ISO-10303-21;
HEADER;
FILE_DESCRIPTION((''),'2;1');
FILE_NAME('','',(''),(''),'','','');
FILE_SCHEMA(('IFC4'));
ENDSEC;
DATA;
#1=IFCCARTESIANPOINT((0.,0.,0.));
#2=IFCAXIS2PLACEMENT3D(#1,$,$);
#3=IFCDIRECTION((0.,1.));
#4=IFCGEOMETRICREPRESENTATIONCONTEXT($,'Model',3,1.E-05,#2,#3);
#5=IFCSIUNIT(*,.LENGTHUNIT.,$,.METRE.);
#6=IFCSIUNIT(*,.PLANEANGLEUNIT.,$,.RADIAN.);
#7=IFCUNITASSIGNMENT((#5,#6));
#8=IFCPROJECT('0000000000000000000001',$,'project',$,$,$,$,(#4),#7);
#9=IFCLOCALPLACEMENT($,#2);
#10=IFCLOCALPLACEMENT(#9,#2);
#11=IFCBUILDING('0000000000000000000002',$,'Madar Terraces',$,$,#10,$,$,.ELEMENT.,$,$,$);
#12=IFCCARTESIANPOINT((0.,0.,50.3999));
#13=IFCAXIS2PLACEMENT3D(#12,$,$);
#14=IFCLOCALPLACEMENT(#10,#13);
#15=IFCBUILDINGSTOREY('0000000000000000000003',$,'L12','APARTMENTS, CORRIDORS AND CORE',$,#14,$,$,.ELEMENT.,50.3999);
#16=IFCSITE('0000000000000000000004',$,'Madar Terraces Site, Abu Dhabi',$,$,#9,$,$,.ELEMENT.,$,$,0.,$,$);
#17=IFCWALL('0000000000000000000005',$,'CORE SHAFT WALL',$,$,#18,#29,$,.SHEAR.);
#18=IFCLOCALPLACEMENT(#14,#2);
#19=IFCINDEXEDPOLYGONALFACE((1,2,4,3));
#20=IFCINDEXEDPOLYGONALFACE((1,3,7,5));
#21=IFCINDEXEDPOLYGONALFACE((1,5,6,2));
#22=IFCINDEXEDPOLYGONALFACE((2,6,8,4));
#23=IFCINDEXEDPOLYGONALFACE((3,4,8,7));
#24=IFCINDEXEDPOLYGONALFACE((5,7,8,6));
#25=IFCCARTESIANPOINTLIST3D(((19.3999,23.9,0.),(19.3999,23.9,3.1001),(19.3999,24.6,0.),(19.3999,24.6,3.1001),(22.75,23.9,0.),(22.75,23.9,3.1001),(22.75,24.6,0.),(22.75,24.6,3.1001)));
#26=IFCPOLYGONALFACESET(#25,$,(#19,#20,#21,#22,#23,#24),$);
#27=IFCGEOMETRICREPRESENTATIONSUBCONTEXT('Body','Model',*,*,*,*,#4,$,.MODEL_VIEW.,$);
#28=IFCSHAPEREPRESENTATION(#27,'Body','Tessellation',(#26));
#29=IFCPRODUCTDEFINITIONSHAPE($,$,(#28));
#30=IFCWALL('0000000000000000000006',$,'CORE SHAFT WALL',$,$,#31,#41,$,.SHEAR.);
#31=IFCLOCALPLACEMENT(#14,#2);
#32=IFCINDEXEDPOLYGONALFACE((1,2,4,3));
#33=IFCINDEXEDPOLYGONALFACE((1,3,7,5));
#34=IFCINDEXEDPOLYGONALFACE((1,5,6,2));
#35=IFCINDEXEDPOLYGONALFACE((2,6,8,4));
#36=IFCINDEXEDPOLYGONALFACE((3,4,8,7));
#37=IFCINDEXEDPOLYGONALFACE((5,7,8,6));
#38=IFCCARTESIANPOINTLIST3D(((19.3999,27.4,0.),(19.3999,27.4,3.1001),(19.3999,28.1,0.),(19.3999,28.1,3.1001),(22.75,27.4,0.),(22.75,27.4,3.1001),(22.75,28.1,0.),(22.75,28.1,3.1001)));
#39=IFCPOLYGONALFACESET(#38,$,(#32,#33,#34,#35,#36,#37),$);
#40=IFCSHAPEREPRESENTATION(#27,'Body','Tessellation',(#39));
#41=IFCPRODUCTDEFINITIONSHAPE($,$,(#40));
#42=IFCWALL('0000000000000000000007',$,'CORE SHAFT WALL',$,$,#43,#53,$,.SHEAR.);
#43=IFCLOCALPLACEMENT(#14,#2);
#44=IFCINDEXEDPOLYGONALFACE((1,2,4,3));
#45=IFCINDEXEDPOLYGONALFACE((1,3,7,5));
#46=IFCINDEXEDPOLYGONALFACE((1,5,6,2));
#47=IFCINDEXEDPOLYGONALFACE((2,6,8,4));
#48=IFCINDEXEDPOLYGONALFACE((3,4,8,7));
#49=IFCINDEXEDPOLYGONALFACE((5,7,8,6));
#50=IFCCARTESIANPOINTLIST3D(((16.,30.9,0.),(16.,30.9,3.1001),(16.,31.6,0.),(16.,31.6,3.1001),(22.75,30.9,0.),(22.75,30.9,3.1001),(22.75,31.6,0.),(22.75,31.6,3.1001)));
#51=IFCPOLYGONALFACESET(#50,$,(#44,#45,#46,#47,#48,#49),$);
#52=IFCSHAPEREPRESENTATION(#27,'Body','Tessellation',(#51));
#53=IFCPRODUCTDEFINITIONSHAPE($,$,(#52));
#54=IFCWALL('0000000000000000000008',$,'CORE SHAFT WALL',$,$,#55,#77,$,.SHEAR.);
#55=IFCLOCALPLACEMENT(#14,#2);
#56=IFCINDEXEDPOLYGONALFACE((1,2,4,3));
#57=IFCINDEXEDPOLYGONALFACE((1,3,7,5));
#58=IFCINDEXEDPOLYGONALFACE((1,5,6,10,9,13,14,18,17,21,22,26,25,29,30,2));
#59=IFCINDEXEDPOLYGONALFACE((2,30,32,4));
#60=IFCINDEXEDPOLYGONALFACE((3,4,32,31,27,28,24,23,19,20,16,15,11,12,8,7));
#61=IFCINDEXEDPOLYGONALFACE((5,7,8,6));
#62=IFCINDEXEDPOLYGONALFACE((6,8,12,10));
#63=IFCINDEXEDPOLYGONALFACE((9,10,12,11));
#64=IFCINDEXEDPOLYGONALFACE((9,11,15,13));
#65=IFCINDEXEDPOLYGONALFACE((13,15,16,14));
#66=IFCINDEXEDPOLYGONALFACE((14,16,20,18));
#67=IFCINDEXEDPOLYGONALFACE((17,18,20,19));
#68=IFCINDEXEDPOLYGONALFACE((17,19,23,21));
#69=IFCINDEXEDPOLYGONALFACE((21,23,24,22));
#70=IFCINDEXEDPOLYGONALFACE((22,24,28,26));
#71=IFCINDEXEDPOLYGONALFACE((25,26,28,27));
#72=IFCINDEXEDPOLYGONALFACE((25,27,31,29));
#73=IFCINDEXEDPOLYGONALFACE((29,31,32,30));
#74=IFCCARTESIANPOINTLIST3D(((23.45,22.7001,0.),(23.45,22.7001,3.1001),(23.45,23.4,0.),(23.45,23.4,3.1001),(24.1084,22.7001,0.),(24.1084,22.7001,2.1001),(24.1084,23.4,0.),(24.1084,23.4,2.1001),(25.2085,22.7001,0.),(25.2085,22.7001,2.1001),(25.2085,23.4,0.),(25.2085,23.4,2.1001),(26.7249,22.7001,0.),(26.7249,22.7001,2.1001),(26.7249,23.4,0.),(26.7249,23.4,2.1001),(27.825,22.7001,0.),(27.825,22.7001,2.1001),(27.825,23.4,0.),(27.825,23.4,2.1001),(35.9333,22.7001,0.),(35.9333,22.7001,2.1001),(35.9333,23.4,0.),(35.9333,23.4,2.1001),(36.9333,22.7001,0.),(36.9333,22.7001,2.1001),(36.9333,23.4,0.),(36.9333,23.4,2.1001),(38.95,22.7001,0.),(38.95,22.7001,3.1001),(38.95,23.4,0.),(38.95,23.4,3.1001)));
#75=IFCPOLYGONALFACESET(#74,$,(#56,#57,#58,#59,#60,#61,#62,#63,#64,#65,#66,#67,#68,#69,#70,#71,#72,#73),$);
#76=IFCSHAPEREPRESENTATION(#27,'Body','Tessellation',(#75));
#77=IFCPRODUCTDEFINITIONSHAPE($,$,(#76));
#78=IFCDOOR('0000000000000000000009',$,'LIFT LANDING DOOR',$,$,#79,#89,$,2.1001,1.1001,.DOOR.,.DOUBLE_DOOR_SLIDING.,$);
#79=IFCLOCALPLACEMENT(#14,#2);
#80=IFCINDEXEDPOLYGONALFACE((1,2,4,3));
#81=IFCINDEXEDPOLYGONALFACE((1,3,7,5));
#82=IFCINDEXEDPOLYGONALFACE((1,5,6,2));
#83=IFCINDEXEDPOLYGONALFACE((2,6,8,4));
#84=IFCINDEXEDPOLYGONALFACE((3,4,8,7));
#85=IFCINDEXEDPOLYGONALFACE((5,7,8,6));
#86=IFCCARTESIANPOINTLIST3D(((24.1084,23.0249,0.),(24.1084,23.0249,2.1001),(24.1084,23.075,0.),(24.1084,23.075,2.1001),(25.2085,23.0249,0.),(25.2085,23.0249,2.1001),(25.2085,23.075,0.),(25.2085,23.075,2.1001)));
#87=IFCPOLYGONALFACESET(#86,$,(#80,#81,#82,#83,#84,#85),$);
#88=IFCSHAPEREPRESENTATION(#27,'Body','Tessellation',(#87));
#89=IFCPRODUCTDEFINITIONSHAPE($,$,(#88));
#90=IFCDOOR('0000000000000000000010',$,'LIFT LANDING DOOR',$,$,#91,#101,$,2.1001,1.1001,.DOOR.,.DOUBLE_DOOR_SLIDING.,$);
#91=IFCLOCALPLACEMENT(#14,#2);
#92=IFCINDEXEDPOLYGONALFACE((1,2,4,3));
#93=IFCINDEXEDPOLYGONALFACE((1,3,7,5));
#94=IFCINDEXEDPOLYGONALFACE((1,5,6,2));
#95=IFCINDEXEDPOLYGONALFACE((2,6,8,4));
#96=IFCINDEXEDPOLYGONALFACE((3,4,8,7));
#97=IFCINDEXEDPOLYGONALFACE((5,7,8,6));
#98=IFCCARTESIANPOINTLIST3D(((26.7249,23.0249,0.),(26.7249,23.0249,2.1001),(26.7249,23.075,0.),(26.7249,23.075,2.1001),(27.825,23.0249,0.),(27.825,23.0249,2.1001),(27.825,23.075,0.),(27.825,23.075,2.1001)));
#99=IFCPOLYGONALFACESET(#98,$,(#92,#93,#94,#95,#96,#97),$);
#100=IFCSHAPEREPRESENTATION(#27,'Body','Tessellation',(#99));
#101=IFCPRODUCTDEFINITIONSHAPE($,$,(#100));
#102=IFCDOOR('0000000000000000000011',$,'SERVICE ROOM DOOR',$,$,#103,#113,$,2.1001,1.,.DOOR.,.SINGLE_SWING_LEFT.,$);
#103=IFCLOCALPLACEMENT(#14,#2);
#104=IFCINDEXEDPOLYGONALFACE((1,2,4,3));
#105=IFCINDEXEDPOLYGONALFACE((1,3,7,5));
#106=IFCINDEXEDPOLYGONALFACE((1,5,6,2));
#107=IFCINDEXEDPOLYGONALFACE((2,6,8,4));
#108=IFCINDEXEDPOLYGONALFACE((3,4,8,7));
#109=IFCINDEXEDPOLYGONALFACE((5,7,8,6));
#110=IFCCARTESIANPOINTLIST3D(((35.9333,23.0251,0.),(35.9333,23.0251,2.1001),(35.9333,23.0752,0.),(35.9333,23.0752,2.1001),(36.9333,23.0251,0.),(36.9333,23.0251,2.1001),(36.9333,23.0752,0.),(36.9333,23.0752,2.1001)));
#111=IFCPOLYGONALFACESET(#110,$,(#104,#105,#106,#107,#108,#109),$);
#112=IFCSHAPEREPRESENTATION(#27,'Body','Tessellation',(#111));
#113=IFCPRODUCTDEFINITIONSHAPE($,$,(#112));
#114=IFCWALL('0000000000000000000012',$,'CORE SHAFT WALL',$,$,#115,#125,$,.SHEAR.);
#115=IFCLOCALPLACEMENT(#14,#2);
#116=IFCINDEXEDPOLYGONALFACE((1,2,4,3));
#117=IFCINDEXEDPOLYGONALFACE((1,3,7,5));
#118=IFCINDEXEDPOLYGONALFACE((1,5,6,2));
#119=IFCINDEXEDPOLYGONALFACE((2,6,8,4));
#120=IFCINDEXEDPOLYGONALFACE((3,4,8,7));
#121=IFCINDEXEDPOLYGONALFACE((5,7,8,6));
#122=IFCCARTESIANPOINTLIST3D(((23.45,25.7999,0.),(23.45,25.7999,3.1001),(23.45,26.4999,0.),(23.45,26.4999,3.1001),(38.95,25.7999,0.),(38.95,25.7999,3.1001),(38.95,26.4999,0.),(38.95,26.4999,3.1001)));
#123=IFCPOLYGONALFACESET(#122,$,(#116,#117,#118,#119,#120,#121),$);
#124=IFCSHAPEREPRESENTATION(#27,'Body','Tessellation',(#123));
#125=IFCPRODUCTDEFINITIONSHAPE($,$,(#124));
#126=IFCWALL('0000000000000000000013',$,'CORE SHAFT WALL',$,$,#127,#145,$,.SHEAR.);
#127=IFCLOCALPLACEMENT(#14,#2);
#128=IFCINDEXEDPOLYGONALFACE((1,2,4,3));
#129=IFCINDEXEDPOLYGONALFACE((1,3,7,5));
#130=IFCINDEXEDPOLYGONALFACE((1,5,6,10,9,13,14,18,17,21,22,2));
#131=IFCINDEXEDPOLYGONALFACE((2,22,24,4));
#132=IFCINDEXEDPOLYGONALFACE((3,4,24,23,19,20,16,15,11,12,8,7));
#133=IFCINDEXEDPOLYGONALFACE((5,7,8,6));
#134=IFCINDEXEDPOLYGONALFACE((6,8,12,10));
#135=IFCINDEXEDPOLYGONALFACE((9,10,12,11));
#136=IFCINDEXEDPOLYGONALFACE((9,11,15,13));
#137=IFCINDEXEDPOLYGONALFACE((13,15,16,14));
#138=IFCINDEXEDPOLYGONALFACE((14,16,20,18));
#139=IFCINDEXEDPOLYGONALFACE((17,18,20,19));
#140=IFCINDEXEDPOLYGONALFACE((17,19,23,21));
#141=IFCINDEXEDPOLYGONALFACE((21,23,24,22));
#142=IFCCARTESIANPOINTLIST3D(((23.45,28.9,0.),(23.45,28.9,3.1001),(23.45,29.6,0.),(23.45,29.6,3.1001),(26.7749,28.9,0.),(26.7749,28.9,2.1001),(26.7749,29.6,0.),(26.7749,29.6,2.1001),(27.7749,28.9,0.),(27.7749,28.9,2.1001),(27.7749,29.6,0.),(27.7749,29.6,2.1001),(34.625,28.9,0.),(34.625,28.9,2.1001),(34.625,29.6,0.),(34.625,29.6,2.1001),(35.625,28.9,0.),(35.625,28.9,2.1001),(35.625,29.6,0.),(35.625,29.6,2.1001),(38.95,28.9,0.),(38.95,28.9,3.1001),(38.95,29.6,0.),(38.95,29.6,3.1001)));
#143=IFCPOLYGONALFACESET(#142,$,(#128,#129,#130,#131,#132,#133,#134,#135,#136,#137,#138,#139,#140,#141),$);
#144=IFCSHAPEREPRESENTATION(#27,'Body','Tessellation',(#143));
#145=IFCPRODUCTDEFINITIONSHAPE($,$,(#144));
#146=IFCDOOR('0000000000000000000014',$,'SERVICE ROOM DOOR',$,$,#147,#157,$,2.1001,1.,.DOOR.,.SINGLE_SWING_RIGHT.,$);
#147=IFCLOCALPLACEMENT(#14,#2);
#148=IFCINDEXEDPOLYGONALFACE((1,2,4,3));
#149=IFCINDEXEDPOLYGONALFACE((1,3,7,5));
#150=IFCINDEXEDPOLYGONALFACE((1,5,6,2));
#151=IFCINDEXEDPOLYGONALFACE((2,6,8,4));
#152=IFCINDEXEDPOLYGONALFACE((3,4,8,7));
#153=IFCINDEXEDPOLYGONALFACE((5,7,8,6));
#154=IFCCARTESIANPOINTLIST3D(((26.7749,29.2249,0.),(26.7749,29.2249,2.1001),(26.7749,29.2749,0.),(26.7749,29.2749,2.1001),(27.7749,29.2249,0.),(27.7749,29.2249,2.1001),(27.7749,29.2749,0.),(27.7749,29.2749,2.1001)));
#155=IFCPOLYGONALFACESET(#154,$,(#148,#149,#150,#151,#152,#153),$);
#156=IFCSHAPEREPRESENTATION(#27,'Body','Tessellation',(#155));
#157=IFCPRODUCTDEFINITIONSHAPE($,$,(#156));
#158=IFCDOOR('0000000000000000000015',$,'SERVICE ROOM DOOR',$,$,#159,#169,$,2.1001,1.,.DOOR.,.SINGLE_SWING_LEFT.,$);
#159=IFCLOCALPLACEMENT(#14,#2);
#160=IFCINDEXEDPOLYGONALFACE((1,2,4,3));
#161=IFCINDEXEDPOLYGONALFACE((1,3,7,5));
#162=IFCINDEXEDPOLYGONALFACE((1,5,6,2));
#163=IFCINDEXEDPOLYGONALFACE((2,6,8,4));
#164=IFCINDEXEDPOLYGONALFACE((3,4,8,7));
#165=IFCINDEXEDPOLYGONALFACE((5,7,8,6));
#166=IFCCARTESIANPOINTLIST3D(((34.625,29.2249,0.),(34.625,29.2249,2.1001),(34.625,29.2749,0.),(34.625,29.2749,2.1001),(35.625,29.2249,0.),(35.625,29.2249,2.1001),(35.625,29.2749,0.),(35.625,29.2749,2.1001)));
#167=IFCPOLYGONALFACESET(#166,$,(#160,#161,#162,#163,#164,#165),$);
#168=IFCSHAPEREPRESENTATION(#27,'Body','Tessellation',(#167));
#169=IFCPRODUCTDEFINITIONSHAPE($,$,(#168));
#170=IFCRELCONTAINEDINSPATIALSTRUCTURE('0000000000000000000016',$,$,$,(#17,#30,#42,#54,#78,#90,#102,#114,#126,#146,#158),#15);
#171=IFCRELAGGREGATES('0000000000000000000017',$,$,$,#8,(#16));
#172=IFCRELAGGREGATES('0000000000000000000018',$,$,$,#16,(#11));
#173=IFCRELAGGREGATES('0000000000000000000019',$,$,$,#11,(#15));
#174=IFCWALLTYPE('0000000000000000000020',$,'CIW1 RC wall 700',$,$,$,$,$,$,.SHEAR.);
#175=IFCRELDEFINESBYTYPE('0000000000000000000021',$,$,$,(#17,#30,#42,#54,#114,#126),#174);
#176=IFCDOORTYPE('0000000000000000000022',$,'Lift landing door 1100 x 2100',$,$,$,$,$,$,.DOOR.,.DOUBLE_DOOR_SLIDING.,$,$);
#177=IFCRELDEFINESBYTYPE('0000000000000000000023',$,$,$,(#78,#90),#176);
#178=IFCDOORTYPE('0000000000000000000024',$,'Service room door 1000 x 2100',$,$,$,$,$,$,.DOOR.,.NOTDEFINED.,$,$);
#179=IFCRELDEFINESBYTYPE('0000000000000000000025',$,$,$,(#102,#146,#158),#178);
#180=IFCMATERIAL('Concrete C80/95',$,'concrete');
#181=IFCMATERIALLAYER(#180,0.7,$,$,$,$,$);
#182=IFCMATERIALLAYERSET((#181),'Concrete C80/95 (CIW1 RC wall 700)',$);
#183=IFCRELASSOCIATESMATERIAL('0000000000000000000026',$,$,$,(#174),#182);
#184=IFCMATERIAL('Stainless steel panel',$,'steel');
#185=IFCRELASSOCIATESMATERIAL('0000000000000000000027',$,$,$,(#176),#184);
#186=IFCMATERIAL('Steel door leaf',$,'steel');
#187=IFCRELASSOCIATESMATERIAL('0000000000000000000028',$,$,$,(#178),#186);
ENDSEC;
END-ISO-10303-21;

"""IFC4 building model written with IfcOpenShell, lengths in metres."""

from ifc_helpers import new_model, si_unit, direction, frame, frame_2d, origin, place, context, subcontext, project, spatial, rectangle, extrude, material, layer, layer_set, type_object, element, fill, save


model = new_model("IFC4")

# Units and contexts
model_context = context("Model", 3, precision=1e-05, world=origin(), true_north=direction((0.0, 1.0)))
body_context = subcontext(model_context, "Body", "Model", "MODEL_VIEW")
ifc_project = project(units=[si_unit("LENGTHUNIT", "METRE"), si_unit("PLANEANGLEUNIT", "RADIAN")], contexts=[model_context])

# Site, building, storey
site_placement = place(None, origin())
site = spatial("IfcSite", under=ifc_project, at=site_placement, Name="Madar Terraces Site, Abu Dhabi", CompositionType="ELEMENT", RefElevation=0.0)
building_placement = place(site_placement, origin())
building = spatial("IfcBuilding", under=site, at=building_placement, Name="Madar Terraces", CompositionType="ELEMENT")
storey_placement = place(building_placement, frame((0.0, 0.0, 50.3999)))
storey = spatial("IfcBuildingStorey", under=building, at=storey_placement, Name="L12", Description="APARTMENTS, CORRIDORS AND CORE", CompositionType="ELEMENT", Elevation=50.3999)

# Walls
ifc_material_1 = material(Name="Concrete C80/95", Category="concrete")
ifc_layer_1 = layer(ifc_material_1, 0.7)
ifc_layer_set_1 = layer_set([ifc_layer_1], Name="Concrete C80/95 (CIW1 RC wall 700)")
wall_type_1 = type_object("IfcWallType", Name="CIW1 RC wall 700", PredefinedType="SHEAR", material=ifc_layer_set_1)
for number, where, z_axis, x_axis, name in (
    (1, (19.3999, 24.25, 0.0), (0.0, 0.0, 1.0), (1.0, 0.0, 0.0), "CORE SHAFT WALL"),
    (2, (19.3999, 27.75, 0.0), (0.0, 0.0, 1.0), (1.0, 0.0, 0.0), "CORE SHAFT WALL"),
):
    element("IfcWall", number, at=place(storey_placement, frame(where, z_axis=z_axis, x_axis=x_axis)), inside=storey, type_object=wall_type_1, Name=name, PredefinedType="SHEAR", context=body_context, shape_type="SweptSolid", body=[
        extrude(rectangle(XDim=3.3501, YDim=0.7, at=frame_2d((1.675, 0.0))), origin(), (0.0, 0.0, 1.0), 3.1001),
    ])
wall_1_placement = place(storey_placement, frame((16.0, 31.25, 0.0), z_axis=(0.0, 0.0, 1.0), x_axis=(1.0, 0.0, 0.0)))
element("IfcWall", 3, at=wall_1_placement, inside=storey, type_object=wall_type_1, Name="CORE SHAFT WALL", PredefinedType="SHEAR", context=body_context, shape_type="SweptSolid", body=[
    extrude(rectangle(XDim=6.75, YDim=0.7, at=frame_2d((3.375, 0.0))), origin(), (0.0, 0.0, 1.0), 3.1001),
])

# Wall, openings, doors
wall_2_placement = place(storey_placement, frame((23.45, 23.05, 0.0), z_axis=(0.0, 0.0, 1.0), x_axis=(1.0, 0.0, 0.0)))
wall_2 = element("IfcWall", 4, at=wall_2_placement, inside=storey, type_object=wall_type_1, Name="CORE SHAFT WALL", PredefinedType="SHEAR", context=body_context, shape_type="SweptSolid", body=[
    extrude(rectangle(XDim=15.5, YDim=0.7, at=frame_2d((7.75, 0.0))), origin(), (0.0, 0.0, 1.0), 3.1001),
])
opening_1_placement = place(wall_2_placement, frame((0.6584, 0.0, 0.0)))
opening_1 = element("IfcOpeningElement", 5, at=opening_1_placement, cuts=wall_2, PredefinedType="OPENING", context=body_context, shape_type="SweptSolid", body=[
    extrude(rectangle(XDim=1.1001, YDim=2.1001, at=frame_2d((0.55, 1.05))), frame((0.0, 0.3599, 0.0), z_axis=(0.0, -1.0, 0.0), x_axis=(1.0, 0.0, 0.0)), (0.0, 0.0, 1.0), 0.72),
])
opening_2_placement = place(wall_2_placement, frame((3.2749, 0.0, 0.0)))
opening_2 = element("IfcOpeningElement", 6, at=opening_2_placement, cuts=wall_2, PredefinedType="OPENING", context=body_context, shape_type="SweptSolid", body=[
    extrude(rectangle(XDim=1.1001, YDim=2.1001, at=frame_2d((0.55, 1.05))), frame((0.0, 0.3599, 0.0), z_axis=(0.0, -1.0, 0.0), x_axis=(1.0, 0.0, 0.0)), (0.0, 0.0, 1.0), 0.72),
])
opening_3_placement = place(wall_2_placement, frame((12.4834, 0.0, 0.0)))
opening_3 = element("IfcOpeningElement", 7, at=opening_3_placement, cuts=wall_2, PredefinedType="OPENING", context=body_context, shape_type="SweptSolid", body=[
    extrude(rectangle(XDim=1.0, YDim=2.1001, at=frame_2d((0.5, 1.05))), frame((0.0, 0.3599, 0.0), z_axis=(0.0, -1.0, 0.0), x_axis=(1.0, 0.0, 0.0)), (0.0, 0.0, 1.0), 0.72),
])
ifc_material_2 = material(Name="Stainless steel panel", Category="steel")
door_type_1 = type_object("IfcDoorType", Name="Lift landing door 1100 x 2100", OperationType="DOUBLE_DOOR_SLIDING", PredefinedType="DOOR", material=ifc_material_2)
door_1_placement = place(opening_1_placement, origin())
door_1 = element("IfcDoor", 8, at=door_1_placement, inside=storey, type_object=door_type_1, Name="LIFT LANDING DOOR", OperationType="DOUBLE_DOOR_SLIDING", OverallHeight=2.1001, OverallWidth=1.1001, PredefinedType="DOOR", context=body_context, shape_type="SweptSolid", body=[
    extrude(rectangle(XDim=1.1001, YDim=2.1001, at=frame_2d((0.55, 1.05))), frame((0.0, 0.0249, 0.0), z_axis=(0.0, -1.0, 0.0), x_axis=(1.0, 0.0, 0.0)), (0.0, 0.0, 1.0), 0.05),
])
fill(opening_1, door_1)
door_2_placement = place(opening_2_placement, origin())
door_2 = element("IfcDoor", 9, at=door_2_placement, inside=storey, type_object=door_type_1, Name="LIFT LANDING DOOR", OperationType="DOUBLE_DOOR_SLIDING", OverallHeight=2.1001, OverallWidth=1.1001, PredefinedType="DOOR", context=body_context, shape_type="SweptSolid", body=[
    extrude(rectangle(XDim=1.1001, YDim=2.1001, at=frame_2d((0.55, 1.05))), frame((0.0, 0.0249, 0.0), z_axis=(0.0, -1.0, 0.0), x_axis=(1.0, 0.0, 0.0)), (0.0, 0.0, 1.0), 0.05),
])
fill(opening_2, door_2)
ifc_material_3 = material(Name="Steel door leaf", Category="steel")
door_type_2 = type_object("IfcDoorType", Name="Service room door 1000 x 2100", OperationType="NOTDEFINED", PredefinedType="DOOR", material=ifc_material_3)
door_3_placement = place(opening_3_placement, frame((1.0, 0.0, 0.0), z_axis=(0.0, 0.0, 1.0), x_axis=(-1.0, 0.0, 0.0)))
door_3 = element("IfcDoor", 10, at=door_3_placement, inside=storey, type_object=door_type_2, Name="SERVICE ROOM DOOR", OperationType="SINGLE_SWING_LEFT", OverallHeight=2.1001, OverallWidth=1.0, PredefinedType="DOOR", context=body_context, shape_type="SweptSolid", body=[
    extrude(rectangle(XDim=1.0, YDim=2.1001, at=frame_2d((0.5, 1.05))), frame((0.0, 0.0249, 0.0), z_axis=(0.0, -1.0, 0.0), x_axis=(1.0, 0.0, 0.0)), (0.0, 0.0, 1.0), 0.05),
])
fill(opening_3, door_3)

# Wall
wall_3_placement = place(storey_placement, frame((23.45, 26.1499, 0.0), z_axis=(0.0, 0.0, 1.0), x_axis=(1.0, 0.0, 0.0)))
element("IfcWall", 11, at=wall_3_placement, inside=storey, type_object=wall_type_1, Name="CORE SHAFT WALL", PredefinedType="SHEAR", context=body_context, shape_type="SweptSolid", body=[
    extrude(rectangle(XDim=15.5, YDim=0.7, at=frame_2d((7.75, 0.0))), origin(), (0.0, 0.0, 1.0), 3.1001),
])

# Wall, openings, doors
wall_4_placement = place(storey_placement, frame((23.45, 29.25, 0.0), z_axis=(0.0, 0.0, 1.0), x_axis=(1.0, 0.0, 0.0)))
wall_4 = element("IfcWall", 12, at=wall_4_placement, inside=storey, type_object=wall_type_1, Name="CORE SHAFT WALL", PredefinedType="SHEAR", context=body_context, shape_type="SweptSolid", body=[
    extrude(rectangle(XDim=15.5, YDim=0.7, at=frame_2d((7.75, 0.0))), origin(), (0.0, 0.0, 1.0), 3.1001),
])
opening_4_placement = place(wall_4_placement, frame((3.325, 0.0, 0.0)))
opening_4 = element("IfcOpeningElement", 13, at=opening_4_placement, cuts=wall_4, PredefinedType="OPENING", context=body_context, shape_type="SweptSolid", body=[
    extrude(rectangle(XDim=1.0, YDim=2.1001, at=frame_2d((0.5, 1.05))), frame((0.0, 0.3599, 0.0), z_axis=(0.0, -1.0, 0.0), x_axis=(1.0, 0.0, 0.0)), (0.0, 0.0, 1.0), 0.72),
])
opening_5_placement = place(wall_4_placement, frame((11.175, 0.0, 0.0)))
opening_5 = element("IfcOpeningElement", 14, at=opening_5_placement, cuts=wall_4, PredefinedType="OPENING", context=body_context, shape_type="SweptSolid", body=[
    extrude(rectangle(XDim=1.0, YDim=2.1001, at=frame_2d((0.5, 1.05))), frame((0.0, 0.3599, 0.0), z_axis=(0.0, -1.0, 0.0), x_axis=(1.0, 0.0, 0.0)), (0.0, 0.0, 1.0), 0.72),
])
door_4_placement = place(opening_4_placement, origin())
door_4 = element("IfcDoor", 15, at=door_4_placement, inside=storey, type_object=door_type_2, Name="SERVICE ROOM DOOR", OperationType="SINGLE_SWING_RIGHT", OverallHeight=2.1001, OverallWidth=1.0, PredefinedType="DOOR", context=body_context, shape_type="SweptSolid", body=[
    extrude(rectangle(XDim=1.0, YDim=2.1001, at=frame_2d((0.5, 1.05))), frame((0.0, 0.0249, 0.0), z_axis=(0.0, -1.0, 0.0), x_axis=(1.0, 0.0, 0.0)), (0.0, 0.0, 1.0), 0.05),
])
fill(opening_4, door_4)
door_5_placement = place(opening_5_placement, origin())
door_5 = element("IfcDoor", 16, at=door_5_placement, inside=storey, type_object=door_type_2, Name="SERVICE ROOM DOOR", OperationType="SINGLE_SWING_LEFT", OverallHeight=2.1001, OverallWidth=1.0, PredefinedType="DOOR", context=body_context, shape_type="SweptSolid", body=[
    extrude(rectangle(XDim=1.0, YDim=2.1001, at=frame_2d((0.5, 1.05))), frame((0.0, 0.0249, 0.0), z_axis=(0.0, -1.0, 0.0), x_axis=(1.0, 0.0, 0.0)), (0.0, 0.0, 1.0), 0.05),
])
fill(opening_5, door_5)

save(model, "model.ifc")
